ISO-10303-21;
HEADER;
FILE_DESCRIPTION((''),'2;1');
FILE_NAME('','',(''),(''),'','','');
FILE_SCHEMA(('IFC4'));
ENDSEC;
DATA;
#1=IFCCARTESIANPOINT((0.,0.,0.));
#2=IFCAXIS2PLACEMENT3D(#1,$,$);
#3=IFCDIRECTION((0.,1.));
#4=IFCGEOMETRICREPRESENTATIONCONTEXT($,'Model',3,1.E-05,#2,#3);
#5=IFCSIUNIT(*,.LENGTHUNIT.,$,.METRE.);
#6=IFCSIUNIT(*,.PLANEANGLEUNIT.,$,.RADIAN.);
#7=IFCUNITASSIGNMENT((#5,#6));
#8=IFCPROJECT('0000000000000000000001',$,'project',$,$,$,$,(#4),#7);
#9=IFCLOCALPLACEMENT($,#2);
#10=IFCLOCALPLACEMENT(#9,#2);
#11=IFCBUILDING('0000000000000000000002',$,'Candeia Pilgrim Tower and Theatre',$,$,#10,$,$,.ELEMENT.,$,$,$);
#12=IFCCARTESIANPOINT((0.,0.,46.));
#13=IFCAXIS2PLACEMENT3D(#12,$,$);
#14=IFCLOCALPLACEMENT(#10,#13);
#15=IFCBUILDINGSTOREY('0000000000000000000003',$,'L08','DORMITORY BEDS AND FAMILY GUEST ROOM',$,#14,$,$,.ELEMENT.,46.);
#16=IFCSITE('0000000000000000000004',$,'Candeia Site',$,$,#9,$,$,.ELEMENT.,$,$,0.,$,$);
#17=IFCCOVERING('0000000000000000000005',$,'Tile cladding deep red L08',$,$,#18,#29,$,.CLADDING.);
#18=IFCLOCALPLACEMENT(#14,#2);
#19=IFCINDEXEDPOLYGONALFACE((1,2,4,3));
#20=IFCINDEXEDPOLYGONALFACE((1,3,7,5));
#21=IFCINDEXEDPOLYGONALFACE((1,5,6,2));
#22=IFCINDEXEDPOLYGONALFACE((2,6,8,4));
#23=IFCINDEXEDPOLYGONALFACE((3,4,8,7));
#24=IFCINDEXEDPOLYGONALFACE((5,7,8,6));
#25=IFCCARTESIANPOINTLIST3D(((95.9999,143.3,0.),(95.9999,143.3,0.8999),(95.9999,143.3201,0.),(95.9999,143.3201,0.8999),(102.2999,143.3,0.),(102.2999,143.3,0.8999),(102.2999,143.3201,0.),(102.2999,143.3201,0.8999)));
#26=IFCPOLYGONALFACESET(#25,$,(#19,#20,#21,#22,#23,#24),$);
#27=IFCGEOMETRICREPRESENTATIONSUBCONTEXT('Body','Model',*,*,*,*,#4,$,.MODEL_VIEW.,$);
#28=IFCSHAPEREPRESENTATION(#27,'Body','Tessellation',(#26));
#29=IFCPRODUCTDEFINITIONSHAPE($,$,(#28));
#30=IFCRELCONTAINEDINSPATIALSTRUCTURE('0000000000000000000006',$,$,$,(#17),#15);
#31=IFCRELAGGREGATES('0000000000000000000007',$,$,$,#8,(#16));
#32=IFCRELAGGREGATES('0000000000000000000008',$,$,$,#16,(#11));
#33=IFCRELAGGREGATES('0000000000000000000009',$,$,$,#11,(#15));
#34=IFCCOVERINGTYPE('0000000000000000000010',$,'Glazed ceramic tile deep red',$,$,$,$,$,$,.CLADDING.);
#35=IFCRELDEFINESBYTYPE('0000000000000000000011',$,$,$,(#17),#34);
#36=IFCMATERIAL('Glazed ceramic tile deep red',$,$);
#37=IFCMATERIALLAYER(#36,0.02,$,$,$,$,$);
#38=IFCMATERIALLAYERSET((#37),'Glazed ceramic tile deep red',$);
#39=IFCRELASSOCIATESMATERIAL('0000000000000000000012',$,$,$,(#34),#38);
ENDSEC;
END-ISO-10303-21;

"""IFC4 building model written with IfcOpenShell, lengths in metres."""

from ifc_helpers import new_model, si_unit, direction, frame, origin, origin_2d, place, context, subcontext, project, spatial, rectangle, extrude, material, layer, layer_set, type_object, element, save


model = new_model("IFC4")

# Units and contexts
model_context = context("Model", 3, precision=1e-05, world=origin(), true_north=direction((0.0, 1.0)))
body_context = subcontext(model_context, "Body", "Model", "MODEL_VIEW")
ifc_project = project(units=[si_unit("LENGTHUNIT", "METRE"), si_unit("PLANEANGLEUNIT", "RADIAN")], contexts=[model_context])

# Site, building, storey
site_placement = place(None, origin())
site = spatial("IfcSite", under=ifc_project, at=site_placement, Name="Candeia Site", CompositionType="ELEMENT", RefElevation=0.0)
building_placement = place(site_placement, origin())
building = spatial("IfcBuilding", under=site, at=building_placement, Name="Candeia Pilgrim Tower and Theatre", CompositionType="ELEMENT")
storey_placement = place(building_placement, frame((0.0, 0.0, 46.0)))
storey = spatial("IfcBuildingStorey", under=building, at=storey_placement, Name="L08", Description="DORMITORY BEDS AND FAMILY GUEST ROOM", CompositionType="ELEMENT", Elevation=46.0)

# Covering
ifc_material_1 = material(Name="Glazed ceramic tile deep red")
ifc_layer_1 = layer(ifc_material_1, 0.02)
ifc_layer_set_1 = layer_set([ifc_layer_1], Name="Glazed ceramic tile deep red")
covering_type = type_object("IfcCoveringType", Name="Glazed ceramic tile deep red", PredefinedType="CLADDING", material=ifc_layer_set_1)
covering_1_placement = place(storey_placement, frame((99.1499, 143.3101, 0.0), z_axis=(0.0, 0.0, 1.0), x_axis=(-1.0, 0.0, 0.0)))
element("IfcCovering", 1, at=covering_1_placement, inside=storey, type_object=covering_type, Name="Tile cladding deep red L08", PredefinedType="CLADDING", context=body_context, shape_type="SweptSolid", body=[
    extrude(rectangle(XDim=6.3, YDim=0.02, at=origin_2d()), origin(), (0.0, 0.0, 1.0), 0.8999),
])

save(model, "model.ifc")
